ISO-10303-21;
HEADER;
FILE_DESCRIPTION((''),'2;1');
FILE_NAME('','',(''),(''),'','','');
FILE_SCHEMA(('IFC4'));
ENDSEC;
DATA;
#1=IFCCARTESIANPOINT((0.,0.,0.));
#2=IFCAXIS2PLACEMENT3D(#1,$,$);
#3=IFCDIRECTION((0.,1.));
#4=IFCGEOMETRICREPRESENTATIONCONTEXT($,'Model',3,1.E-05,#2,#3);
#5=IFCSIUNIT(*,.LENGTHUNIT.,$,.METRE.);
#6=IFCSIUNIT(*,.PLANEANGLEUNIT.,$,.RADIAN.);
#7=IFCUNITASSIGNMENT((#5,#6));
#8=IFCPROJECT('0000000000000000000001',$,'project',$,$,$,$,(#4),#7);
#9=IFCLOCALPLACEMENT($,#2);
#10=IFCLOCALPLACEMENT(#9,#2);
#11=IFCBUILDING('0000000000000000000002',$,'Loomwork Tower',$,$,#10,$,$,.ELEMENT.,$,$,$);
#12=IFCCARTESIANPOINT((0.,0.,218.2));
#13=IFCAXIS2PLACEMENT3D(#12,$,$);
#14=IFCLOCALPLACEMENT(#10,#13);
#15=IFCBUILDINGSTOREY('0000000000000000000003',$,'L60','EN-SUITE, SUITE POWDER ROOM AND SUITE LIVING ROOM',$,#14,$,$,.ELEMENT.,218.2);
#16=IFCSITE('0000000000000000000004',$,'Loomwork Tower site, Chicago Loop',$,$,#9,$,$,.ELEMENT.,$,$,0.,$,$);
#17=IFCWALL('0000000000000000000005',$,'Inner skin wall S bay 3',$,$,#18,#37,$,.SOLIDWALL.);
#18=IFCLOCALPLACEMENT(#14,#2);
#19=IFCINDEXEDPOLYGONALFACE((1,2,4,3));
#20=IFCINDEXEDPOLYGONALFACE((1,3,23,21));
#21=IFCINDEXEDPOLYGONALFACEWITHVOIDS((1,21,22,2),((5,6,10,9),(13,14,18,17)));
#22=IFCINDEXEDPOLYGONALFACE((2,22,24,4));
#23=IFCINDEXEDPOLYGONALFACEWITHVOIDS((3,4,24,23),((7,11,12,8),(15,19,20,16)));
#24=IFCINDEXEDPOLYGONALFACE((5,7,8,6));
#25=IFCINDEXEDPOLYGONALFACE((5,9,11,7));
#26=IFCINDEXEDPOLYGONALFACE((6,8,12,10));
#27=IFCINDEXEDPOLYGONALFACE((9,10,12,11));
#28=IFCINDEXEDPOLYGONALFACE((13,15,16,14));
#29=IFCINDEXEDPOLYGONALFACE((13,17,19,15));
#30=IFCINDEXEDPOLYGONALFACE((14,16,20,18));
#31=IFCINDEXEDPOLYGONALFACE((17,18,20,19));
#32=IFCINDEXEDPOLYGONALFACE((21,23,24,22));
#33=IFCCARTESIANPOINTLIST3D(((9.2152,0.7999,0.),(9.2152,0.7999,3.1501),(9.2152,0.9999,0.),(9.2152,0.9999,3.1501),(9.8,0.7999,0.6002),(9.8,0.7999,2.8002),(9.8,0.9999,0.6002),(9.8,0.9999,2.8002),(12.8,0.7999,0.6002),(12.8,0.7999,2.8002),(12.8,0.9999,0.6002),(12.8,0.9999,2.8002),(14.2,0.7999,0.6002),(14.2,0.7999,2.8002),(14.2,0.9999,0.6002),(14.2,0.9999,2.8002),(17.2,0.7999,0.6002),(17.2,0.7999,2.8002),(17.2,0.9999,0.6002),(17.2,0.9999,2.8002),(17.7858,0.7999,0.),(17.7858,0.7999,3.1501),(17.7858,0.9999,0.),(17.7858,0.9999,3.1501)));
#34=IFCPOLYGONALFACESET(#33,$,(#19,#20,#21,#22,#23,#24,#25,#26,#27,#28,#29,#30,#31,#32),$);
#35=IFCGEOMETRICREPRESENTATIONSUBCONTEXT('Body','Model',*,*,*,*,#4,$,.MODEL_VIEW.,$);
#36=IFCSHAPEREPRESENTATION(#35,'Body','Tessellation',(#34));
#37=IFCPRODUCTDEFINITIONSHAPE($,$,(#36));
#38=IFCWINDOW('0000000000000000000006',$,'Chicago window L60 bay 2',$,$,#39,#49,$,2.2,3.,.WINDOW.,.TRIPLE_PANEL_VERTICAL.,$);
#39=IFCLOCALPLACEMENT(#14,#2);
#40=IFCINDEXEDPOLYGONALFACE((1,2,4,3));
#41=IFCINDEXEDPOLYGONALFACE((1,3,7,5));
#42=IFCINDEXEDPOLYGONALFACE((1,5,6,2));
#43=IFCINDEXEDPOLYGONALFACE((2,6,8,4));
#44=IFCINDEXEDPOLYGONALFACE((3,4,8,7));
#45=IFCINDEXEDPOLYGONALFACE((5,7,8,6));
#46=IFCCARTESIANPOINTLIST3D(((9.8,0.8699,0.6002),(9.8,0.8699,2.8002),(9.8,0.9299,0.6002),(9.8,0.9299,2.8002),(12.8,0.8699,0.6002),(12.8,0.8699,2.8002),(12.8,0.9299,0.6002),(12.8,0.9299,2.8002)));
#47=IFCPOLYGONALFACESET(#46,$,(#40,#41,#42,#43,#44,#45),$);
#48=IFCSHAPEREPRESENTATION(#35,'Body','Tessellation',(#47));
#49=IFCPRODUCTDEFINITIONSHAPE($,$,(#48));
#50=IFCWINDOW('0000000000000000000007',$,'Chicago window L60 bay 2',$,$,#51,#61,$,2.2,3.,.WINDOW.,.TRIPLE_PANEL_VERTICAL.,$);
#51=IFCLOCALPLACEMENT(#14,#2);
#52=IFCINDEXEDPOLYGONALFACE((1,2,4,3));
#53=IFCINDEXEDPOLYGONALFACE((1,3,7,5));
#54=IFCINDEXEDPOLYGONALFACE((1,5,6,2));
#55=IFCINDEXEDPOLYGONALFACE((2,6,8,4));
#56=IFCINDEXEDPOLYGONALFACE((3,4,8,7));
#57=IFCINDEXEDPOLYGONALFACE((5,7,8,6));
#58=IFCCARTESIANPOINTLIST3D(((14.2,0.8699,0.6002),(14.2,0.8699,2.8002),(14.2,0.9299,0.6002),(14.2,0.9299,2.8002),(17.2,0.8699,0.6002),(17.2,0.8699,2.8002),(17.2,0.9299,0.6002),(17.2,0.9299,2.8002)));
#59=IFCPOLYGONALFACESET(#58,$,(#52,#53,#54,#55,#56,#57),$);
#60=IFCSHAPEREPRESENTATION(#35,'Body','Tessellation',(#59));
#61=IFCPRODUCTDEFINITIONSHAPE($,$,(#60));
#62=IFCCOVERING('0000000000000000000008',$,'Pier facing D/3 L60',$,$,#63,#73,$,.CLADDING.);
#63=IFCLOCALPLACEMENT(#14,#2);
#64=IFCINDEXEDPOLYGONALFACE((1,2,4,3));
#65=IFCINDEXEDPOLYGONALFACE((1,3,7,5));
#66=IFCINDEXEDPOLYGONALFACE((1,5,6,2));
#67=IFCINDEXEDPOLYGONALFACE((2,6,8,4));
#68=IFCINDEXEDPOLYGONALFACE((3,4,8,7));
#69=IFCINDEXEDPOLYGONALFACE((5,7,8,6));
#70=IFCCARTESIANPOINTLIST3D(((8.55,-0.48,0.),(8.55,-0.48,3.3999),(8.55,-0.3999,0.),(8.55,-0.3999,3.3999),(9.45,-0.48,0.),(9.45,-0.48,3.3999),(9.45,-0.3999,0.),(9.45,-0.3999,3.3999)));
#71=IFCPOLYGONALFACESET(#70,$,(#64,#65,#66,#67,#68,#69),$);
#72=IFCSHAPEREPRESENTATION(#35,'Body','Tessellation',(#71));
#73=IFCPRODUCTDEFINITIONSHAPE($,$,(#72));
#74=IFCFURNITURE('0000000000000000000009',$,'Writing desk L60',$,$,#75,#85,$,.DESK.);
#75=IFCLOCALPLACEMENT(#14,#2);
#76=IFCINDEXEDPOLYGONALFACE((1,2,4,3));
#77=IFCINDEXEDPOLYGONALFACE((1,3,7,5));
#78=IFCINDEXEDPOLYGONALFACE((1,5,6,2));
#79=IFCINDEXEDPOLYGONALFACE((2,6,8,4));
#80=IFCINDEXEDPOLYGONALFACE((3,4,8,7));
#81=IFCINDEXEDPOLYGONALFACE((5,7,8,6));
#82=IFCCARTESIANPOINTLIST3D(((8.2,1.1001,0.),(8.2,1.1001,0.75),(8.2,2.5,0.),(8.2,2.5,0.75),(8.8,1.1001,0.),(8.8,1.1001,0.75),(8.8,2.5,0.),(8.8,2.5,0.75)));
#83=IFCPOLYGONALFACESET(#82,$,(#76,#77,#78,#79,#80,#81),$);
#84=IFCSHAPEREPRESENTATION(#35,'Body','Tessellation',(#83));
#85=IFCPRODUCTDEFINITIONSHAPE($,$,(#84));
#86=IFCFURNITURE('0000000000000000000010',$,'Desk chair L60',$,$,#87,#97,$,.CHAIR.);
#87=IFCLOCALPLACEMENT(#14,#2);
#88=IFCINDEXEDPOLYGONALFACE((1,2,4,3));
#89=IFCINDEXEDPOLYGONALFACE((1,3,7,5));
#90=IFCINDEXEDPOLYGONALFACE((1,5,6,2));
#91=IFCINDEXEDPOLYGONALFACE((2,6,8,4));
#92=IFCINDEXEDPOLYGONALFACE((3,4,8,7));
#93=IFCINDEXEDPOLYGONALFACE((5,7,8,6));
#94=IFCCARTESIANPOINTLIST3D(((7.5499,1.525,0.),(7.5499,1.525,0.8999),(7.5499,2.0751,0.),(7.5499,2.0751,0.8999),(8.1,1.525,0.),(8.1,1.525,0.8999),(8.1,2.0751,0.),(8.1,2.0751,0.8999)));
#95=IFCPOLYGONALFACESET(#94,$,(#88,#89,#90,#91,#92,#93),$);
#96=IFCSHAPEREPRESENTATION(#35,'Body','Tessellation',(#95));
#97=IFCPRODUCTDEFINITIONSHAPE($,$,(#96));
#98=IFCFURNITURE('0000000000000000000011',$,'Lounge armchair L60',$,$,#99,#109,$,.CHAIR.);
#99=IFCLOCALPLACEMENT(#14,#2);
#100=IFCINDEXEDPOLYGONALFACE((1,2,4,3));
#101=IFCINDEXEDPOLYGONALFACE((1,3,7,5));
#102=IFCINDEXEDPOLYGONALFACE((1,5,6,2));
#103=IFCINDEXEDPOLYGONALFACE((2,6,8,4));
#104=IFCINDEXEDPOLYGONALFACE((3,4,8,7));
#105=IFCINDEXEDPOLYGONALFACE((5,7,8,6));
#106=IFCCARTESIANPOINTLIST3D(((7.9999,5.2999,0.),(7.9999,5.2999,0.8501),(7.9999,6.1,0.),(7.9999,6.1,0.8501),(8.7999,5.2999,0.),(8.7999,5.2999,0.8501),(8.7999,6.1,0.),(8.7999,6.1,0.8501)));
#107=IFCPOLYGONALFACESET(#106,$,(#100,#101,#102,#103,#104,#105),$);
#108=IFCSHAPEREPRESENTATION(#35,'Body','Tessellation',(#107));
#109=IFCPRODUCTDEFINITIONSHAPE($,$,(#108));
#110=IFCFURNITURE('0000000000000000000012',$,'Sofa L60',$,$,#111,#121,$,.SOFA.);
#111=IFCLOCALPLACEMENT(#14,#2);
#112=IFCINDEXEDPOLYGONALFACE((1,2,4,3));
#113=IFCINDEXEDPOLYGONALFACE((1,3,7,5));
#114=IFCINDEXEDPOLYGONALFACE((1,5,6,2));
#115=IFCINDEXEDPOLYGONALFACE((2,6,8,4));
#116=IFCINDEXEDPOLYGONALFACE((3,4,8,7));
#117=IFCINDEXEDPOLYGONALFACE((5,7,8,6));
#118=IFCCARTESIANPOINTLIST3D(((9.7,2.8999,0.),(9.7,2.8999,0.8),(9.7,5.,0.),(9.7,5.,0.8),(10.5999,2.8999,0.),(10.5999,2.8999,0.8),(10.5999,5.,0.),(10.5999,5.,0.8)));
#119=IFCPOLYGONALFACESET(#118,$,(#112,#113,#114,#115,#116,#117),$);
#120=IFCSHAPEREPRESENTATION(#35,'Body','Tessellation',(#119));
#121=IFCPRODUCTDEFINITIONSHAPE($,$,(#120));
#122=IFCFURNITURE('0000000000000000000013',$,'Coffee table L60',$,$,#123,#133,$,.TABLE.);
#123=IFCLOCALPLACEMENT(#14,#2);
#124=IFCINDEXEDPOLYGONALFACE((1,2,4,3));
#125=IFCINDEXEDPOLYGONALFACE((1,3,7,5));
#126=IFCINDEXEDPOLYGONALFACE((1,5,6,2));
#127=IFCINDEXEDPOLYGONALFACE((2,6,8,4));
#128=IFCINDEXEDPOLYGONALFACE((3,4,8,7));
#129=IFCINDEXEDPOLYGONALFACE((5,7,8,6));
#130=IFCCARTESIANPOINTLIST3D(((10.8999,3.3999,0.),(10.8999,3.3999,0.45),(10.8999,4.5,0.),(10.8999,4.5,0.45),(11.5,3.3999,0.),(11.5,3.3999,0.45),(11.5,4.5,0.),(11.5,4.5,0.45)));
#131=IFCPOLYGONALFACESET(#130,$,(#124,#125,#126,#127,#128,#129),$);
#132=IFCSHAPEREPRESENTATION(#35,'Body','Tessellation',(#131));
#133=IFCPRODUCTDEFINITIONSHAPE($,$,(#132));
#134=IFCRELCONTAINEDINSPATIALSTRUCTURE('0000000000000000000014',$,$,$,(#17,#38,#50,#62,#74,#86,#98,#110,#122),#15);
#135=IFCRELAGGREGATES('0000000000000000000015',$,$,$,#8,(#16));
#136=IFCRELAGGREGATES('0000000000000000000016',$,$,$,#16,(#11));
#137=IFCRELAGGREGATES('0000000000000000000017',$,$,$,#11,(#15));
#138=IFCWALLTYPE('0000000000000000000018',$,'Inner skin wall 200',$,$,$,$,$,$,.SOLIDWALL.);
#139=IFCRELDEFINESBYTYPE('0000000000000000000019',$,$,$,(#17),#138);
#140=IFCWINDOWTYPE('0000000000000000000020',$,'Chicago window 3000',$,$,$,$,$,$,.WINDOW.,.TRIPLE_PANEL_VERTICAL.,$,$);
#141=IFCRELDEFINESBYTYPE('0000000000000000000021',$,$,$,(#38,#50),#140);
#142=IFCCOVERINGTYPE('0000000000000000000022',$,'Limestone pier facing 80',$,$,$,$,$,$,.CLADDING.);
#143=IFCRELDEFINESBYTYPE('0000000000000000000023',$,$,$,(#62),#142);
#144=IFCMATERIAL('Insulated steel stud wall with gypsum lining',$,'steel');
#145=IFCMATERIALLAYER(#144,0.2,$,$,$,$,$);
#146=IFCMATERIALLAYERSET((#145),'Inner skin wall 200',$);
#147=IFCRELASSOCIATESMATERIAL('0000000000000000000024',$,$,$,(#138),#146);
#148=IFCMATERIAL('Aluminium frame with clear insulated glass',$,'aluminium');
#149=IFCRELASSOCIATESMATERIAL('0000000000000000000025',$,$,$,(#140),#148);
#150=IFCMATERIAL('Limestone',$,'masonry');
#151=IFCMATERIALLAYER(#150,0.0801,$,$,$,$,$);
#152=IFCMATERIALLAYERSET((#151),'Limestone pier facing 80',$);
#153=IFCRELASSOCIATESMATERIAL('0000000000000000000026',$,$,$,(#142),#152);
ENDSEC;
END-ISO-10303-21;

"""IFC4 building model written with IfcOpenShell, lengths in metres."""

from ifc_helpers import new_model, si_unit, direction, frame, frame_2d, origin, origin_2d, place, context, subcontext, project, spatial, rectangle, extrude, material, layer, layer_set, type_object, element, fill, save


model = new_model("IFC4")

# Units and contexts
model_context = context("Model", 3, precision=1e-05, world=origin(), true_north=direction((0.0, 1.0)))
body_context = subcontext(model_context, "Body", "Model", "MODEL_VIEW")
ifc_project = project(units=[si_unit("LENGTHUNIT", "METRE"), si_unit("PLANEANGLEUNIT", "RADIAN")], contexts=[model_context])

# Site, building, storey
site_placement = place(None, origin())
site = spatial("IfcSite", under=ifc_project, at=site_placement, Name="Loomwork Tower site, Chicago Loop", CompositionType="ELEMENT", RefElevation=0.0)
building_placement = place(site_placement, origin())
building = spatial("IfcBuilding", under=site, at=building_placement, Name="Loomwork Tower", CompositionType="ELEMENT")
storey_placement = place(building_placement, frame((0.0, 0.0, 218.2)))
storey = spatial("IfcBuildingStorey", under=building, at=storey_placement, Name="L60", Description="EN-SUITE, SUITE POWDER ROOM AND SUITE LIVING ROOM", CompositionType="ELEMENT", Elevation=218.2)

# Shared definitions
ifc_material_1 = material(Name="Insulated steel stud wall with gypsum lining", Category="steel")
ifc_layer_1 = layer(ifc_material_1, 0.2)
ifc_layer_set_1 = layer_set([ifc_layer_1], Name="Inner skin wall 200")
wall_type_1 = type_object("IfcWallType", Name="Inner skin wall 200", PredefinedType="SOLIDWALL", material=ifc_layer_set_1)

# Wall, openings, windows
wall_1_placement = place(storey_placement, frame((9.2153, 0.8999, 0.0), z_axis=(0.0, 0.0, 1.0), x_axis=(1.0, 0.0, 0.0)))
wall_1 = element("IfcWall", 1, at=wall_1_placement, inside=storey, type_object=wall_type_1, Name="Inner skin wall S bay 3", PredefinedType="SOLIDWALL", context=body_context, shape_type="SweptSolid", body=[
    extrude(rectangle(XDim=8.5706, YDim=0.2, at=frame_2d((4.2852, 0.0))), origin(), (0.0, 0.0, 1.0), 3.1501),
])
opening_1_placement = place(wall_1_placement, frame((0.5847, 0.0, 0.6001)))
opening_1 = element("IfcOpeningElement", 2, at=opening_1_placement, cuts=wall_1, PredefinedType="OPENING", context=body_context, shape_type="SweptSolid", body=[
    extrude(rectangle(XDim=3.0, YDim=2.2, at=frame_2d((1.5, 1.1001))), frame((0.0, 0.1099, 0.0), z_axis=(0.0, -1.0, 0.0), x_axis=(1.0, 0.0, 0.0)), (0.0, 0.0, 1.0), 0.22),
])
opening_2_placement = place(wall_1_placement, frame((4.9846, 0.0, 0.6001)))
opening_2 = element("IfcOpeningElement", 3, at=opening_2_placement, cuts=wall_1, PredefinedType="OPENING", context=body_context, shape_type="SweptSolid", body=[
    extrude(rectangle(XDim=3.0, YDim=2.2, at=frame_2d((1.5, 1.1001))), frame((0.0, 0.1099, 0.0), z_axis=(0.0, -1.0, 0.0), x_axis=(1.0, 0.0, 0.0)), (0.0, 0.0, 1.0), 0.22),
])
ifc_material_2 = material(Name="Aluminium frame with clear insulated glass", Category="aluminium")
window_type = type_object("IfcWindowType", Name="Chicago window 3000", PartitioningType="TRIPLE_PANEL_VERTICAL", PredefinedType="WINDOW", material=ifc_material_2)
window_1_placement = place(opening_1_placement, origin())
window_1 = element("IfcWindow", 4, at=window_1_placement, inside=storey, type_object=window_type, Name="Chicago window L60 bay 2", OverallHeight=2.2, OverallWidth=3.0, PartitioningType="TRIPLE_PANEL_VERTICAL", PredefinedType="WINDOW", context=body_context, shape_type="SweptSolid", body=[
    extrude(rectangle(XDim=3.0, YDim=2.2, at=frame_2d((1.5, 1.1001))), frame((0.0, 0.03, 0.0), z_axis=(0.0, -1.0, 0.0), x_axis=(1.0, 0.0, 0.0)), (0.0, 0.0, 1.0), 0.0601),
])
fill(opening_1, window_1)
window_2_placement = place(opening_2_placement, origin())
window_2 = element("IfcWindow", 5, at=window_2_placement, inside=storey, type_object=window_type, Name="Chicago window L60 bay 2", OverallHeight=2.2, OverallWidth=3.0, PartitioningType="TRIPLE_PANEL_VERTICAL", PredefinedType="WINDOW", context=body_context, shape_type="SweptSolid", body=[
    extrude(rectangle(XDim=3.0, YDim=2.2, at=frame_2d((1.5, 1.1001))), frame((0.0, 0.03, 0.0), z_axis=(0.0, -1.0, 0.0), x_axis=(1.0, 0.0, 0.0)), (0.0, 0.0, 1.0), 0.0601),
])
fill(opening_2, window_2)

# Covering
ifc_material_3 = material(Name="Limestone", Category="masonry")
ifc_layer_2 = layer(ifc_material_3, 0.0801)
ifc_layer_set_2 = layer_set([ifc_layer_2], Name="Limestone pier facing 80")
covering_type = type_object("IfcCoveringType", Name="Limestone pier facing 80", PredefinedType="CLADDING", material=ifc_layer_set_2)
covering_placement = place(storey_placement, frame((9.0, -0.4399, 0.0), z_axis=(0.0, 0.0, 1.0), x_axis=(1.0, 0.0, 0.0)))
element("IfcCovering", 6, at=covering_placement, inside=storey, type_object=covering_type, Name="Pier facing D/3 L60", PredefinedType="CLADDING", context=body_context, shape_type="SweptSolid", body=[
    extrude(rectangle(XDim=0.8999, YDim=0.0801, at=origin_2d()), origin(), (0.0, 0.0, 1.0), 3.3999),
])

# Furniture
furniture_1_placement = place(storey_placement, frame((8.5, 1.8, 0.0), z_axis=(0.0, 0.0, 1.0), x_axis=(1.0, 0.0, 0.0)))
element("IfcFurniture", 7, at=furniture_1_placement, inside=storey, Name="Writing desk L60", PredefinedType="DESK", context=body_context, shape_type="SweptSolid", body=[
    extrude(rectangle(XDim=0.6001, YDim=1.3999, at=origin_2d()), origin(), (0.0, 0.0, 1.0), 0.75),
])
furniture_2_placement = place(storey_placement, frame((7.825, 1.8, 0.0), z_axis=(0.0, 0.0, 1.0), x_axis=(1.0, 0.0, 0.0)))
element("IfcFurniture", 8, at=furniture_2_placement, inside=storey, Name="Desk chair L60", PredefinedType="CHAIR", context=body_context, shape_type="SweptSolid", body=[
    extrude(rectangle(XDim=0.55, YDim=0.55, at=origin_2d()), origin(), (0.0, 0.0, 1.0), 0.8999),
])
furniture_3_placement = place(storey_placement, frame((8.3999, 5.7, 0.0), z_axis=(0.0, 0.0, 1.0), x_axis=(1.0, 0.0, 0.0)))
element("IfcFurniture", 9, at=furniture_3_placement, inside=storey, Name="Lounge armchair L60", PredefinedType="CHAIR", context=body_context, shape_type="SweptSolid", body=[
    extrude(rectangle(XDim=0.8, YDim=0.8, at=origin_2d()), origin(), (0.0, 0.0, 1.0), 0.8501),
])
furniture_4_placement = place(storey_placement, frame((10.1499, 3.95, 0.0), z_axis=(0.0, 0.0, 1.0), x_axis=(1.0, 0.0, 0.0)))
element("IfcFurniture", 10, at=furniture_4_placement, inside=storey, Name="Sofa L60", PredefinedType="SOFA", context=body_context, shape_type="SweptSolid", body=[
    extrude(rectangle(XDim=0.8999, YDim=2.1001, at=origin_2d()), origin(), (0.0, 0.0, 1.0), 0.8),
])
furniture_5_placement = place(storey_placement, frame((11.2, 3.95, 0.0), z_axis=(0.0, 0.0, 1.0), x_axis=(1.0, 0.0, 0.0)))
element("IfcFurniture", 11, at=furniture_5_placement, inside=storey, Name="Coffee table L60", PredefinedType="TABLE", context=body_context, shape_type="SweptSolid", body=[
    extrude(rectangle(XDim=0.6001, YDim=1.1001, at=origin_2d()), origin(), (0.0, 0.0, 1.0), 0.45),
])

save(model, "model.ifc")
